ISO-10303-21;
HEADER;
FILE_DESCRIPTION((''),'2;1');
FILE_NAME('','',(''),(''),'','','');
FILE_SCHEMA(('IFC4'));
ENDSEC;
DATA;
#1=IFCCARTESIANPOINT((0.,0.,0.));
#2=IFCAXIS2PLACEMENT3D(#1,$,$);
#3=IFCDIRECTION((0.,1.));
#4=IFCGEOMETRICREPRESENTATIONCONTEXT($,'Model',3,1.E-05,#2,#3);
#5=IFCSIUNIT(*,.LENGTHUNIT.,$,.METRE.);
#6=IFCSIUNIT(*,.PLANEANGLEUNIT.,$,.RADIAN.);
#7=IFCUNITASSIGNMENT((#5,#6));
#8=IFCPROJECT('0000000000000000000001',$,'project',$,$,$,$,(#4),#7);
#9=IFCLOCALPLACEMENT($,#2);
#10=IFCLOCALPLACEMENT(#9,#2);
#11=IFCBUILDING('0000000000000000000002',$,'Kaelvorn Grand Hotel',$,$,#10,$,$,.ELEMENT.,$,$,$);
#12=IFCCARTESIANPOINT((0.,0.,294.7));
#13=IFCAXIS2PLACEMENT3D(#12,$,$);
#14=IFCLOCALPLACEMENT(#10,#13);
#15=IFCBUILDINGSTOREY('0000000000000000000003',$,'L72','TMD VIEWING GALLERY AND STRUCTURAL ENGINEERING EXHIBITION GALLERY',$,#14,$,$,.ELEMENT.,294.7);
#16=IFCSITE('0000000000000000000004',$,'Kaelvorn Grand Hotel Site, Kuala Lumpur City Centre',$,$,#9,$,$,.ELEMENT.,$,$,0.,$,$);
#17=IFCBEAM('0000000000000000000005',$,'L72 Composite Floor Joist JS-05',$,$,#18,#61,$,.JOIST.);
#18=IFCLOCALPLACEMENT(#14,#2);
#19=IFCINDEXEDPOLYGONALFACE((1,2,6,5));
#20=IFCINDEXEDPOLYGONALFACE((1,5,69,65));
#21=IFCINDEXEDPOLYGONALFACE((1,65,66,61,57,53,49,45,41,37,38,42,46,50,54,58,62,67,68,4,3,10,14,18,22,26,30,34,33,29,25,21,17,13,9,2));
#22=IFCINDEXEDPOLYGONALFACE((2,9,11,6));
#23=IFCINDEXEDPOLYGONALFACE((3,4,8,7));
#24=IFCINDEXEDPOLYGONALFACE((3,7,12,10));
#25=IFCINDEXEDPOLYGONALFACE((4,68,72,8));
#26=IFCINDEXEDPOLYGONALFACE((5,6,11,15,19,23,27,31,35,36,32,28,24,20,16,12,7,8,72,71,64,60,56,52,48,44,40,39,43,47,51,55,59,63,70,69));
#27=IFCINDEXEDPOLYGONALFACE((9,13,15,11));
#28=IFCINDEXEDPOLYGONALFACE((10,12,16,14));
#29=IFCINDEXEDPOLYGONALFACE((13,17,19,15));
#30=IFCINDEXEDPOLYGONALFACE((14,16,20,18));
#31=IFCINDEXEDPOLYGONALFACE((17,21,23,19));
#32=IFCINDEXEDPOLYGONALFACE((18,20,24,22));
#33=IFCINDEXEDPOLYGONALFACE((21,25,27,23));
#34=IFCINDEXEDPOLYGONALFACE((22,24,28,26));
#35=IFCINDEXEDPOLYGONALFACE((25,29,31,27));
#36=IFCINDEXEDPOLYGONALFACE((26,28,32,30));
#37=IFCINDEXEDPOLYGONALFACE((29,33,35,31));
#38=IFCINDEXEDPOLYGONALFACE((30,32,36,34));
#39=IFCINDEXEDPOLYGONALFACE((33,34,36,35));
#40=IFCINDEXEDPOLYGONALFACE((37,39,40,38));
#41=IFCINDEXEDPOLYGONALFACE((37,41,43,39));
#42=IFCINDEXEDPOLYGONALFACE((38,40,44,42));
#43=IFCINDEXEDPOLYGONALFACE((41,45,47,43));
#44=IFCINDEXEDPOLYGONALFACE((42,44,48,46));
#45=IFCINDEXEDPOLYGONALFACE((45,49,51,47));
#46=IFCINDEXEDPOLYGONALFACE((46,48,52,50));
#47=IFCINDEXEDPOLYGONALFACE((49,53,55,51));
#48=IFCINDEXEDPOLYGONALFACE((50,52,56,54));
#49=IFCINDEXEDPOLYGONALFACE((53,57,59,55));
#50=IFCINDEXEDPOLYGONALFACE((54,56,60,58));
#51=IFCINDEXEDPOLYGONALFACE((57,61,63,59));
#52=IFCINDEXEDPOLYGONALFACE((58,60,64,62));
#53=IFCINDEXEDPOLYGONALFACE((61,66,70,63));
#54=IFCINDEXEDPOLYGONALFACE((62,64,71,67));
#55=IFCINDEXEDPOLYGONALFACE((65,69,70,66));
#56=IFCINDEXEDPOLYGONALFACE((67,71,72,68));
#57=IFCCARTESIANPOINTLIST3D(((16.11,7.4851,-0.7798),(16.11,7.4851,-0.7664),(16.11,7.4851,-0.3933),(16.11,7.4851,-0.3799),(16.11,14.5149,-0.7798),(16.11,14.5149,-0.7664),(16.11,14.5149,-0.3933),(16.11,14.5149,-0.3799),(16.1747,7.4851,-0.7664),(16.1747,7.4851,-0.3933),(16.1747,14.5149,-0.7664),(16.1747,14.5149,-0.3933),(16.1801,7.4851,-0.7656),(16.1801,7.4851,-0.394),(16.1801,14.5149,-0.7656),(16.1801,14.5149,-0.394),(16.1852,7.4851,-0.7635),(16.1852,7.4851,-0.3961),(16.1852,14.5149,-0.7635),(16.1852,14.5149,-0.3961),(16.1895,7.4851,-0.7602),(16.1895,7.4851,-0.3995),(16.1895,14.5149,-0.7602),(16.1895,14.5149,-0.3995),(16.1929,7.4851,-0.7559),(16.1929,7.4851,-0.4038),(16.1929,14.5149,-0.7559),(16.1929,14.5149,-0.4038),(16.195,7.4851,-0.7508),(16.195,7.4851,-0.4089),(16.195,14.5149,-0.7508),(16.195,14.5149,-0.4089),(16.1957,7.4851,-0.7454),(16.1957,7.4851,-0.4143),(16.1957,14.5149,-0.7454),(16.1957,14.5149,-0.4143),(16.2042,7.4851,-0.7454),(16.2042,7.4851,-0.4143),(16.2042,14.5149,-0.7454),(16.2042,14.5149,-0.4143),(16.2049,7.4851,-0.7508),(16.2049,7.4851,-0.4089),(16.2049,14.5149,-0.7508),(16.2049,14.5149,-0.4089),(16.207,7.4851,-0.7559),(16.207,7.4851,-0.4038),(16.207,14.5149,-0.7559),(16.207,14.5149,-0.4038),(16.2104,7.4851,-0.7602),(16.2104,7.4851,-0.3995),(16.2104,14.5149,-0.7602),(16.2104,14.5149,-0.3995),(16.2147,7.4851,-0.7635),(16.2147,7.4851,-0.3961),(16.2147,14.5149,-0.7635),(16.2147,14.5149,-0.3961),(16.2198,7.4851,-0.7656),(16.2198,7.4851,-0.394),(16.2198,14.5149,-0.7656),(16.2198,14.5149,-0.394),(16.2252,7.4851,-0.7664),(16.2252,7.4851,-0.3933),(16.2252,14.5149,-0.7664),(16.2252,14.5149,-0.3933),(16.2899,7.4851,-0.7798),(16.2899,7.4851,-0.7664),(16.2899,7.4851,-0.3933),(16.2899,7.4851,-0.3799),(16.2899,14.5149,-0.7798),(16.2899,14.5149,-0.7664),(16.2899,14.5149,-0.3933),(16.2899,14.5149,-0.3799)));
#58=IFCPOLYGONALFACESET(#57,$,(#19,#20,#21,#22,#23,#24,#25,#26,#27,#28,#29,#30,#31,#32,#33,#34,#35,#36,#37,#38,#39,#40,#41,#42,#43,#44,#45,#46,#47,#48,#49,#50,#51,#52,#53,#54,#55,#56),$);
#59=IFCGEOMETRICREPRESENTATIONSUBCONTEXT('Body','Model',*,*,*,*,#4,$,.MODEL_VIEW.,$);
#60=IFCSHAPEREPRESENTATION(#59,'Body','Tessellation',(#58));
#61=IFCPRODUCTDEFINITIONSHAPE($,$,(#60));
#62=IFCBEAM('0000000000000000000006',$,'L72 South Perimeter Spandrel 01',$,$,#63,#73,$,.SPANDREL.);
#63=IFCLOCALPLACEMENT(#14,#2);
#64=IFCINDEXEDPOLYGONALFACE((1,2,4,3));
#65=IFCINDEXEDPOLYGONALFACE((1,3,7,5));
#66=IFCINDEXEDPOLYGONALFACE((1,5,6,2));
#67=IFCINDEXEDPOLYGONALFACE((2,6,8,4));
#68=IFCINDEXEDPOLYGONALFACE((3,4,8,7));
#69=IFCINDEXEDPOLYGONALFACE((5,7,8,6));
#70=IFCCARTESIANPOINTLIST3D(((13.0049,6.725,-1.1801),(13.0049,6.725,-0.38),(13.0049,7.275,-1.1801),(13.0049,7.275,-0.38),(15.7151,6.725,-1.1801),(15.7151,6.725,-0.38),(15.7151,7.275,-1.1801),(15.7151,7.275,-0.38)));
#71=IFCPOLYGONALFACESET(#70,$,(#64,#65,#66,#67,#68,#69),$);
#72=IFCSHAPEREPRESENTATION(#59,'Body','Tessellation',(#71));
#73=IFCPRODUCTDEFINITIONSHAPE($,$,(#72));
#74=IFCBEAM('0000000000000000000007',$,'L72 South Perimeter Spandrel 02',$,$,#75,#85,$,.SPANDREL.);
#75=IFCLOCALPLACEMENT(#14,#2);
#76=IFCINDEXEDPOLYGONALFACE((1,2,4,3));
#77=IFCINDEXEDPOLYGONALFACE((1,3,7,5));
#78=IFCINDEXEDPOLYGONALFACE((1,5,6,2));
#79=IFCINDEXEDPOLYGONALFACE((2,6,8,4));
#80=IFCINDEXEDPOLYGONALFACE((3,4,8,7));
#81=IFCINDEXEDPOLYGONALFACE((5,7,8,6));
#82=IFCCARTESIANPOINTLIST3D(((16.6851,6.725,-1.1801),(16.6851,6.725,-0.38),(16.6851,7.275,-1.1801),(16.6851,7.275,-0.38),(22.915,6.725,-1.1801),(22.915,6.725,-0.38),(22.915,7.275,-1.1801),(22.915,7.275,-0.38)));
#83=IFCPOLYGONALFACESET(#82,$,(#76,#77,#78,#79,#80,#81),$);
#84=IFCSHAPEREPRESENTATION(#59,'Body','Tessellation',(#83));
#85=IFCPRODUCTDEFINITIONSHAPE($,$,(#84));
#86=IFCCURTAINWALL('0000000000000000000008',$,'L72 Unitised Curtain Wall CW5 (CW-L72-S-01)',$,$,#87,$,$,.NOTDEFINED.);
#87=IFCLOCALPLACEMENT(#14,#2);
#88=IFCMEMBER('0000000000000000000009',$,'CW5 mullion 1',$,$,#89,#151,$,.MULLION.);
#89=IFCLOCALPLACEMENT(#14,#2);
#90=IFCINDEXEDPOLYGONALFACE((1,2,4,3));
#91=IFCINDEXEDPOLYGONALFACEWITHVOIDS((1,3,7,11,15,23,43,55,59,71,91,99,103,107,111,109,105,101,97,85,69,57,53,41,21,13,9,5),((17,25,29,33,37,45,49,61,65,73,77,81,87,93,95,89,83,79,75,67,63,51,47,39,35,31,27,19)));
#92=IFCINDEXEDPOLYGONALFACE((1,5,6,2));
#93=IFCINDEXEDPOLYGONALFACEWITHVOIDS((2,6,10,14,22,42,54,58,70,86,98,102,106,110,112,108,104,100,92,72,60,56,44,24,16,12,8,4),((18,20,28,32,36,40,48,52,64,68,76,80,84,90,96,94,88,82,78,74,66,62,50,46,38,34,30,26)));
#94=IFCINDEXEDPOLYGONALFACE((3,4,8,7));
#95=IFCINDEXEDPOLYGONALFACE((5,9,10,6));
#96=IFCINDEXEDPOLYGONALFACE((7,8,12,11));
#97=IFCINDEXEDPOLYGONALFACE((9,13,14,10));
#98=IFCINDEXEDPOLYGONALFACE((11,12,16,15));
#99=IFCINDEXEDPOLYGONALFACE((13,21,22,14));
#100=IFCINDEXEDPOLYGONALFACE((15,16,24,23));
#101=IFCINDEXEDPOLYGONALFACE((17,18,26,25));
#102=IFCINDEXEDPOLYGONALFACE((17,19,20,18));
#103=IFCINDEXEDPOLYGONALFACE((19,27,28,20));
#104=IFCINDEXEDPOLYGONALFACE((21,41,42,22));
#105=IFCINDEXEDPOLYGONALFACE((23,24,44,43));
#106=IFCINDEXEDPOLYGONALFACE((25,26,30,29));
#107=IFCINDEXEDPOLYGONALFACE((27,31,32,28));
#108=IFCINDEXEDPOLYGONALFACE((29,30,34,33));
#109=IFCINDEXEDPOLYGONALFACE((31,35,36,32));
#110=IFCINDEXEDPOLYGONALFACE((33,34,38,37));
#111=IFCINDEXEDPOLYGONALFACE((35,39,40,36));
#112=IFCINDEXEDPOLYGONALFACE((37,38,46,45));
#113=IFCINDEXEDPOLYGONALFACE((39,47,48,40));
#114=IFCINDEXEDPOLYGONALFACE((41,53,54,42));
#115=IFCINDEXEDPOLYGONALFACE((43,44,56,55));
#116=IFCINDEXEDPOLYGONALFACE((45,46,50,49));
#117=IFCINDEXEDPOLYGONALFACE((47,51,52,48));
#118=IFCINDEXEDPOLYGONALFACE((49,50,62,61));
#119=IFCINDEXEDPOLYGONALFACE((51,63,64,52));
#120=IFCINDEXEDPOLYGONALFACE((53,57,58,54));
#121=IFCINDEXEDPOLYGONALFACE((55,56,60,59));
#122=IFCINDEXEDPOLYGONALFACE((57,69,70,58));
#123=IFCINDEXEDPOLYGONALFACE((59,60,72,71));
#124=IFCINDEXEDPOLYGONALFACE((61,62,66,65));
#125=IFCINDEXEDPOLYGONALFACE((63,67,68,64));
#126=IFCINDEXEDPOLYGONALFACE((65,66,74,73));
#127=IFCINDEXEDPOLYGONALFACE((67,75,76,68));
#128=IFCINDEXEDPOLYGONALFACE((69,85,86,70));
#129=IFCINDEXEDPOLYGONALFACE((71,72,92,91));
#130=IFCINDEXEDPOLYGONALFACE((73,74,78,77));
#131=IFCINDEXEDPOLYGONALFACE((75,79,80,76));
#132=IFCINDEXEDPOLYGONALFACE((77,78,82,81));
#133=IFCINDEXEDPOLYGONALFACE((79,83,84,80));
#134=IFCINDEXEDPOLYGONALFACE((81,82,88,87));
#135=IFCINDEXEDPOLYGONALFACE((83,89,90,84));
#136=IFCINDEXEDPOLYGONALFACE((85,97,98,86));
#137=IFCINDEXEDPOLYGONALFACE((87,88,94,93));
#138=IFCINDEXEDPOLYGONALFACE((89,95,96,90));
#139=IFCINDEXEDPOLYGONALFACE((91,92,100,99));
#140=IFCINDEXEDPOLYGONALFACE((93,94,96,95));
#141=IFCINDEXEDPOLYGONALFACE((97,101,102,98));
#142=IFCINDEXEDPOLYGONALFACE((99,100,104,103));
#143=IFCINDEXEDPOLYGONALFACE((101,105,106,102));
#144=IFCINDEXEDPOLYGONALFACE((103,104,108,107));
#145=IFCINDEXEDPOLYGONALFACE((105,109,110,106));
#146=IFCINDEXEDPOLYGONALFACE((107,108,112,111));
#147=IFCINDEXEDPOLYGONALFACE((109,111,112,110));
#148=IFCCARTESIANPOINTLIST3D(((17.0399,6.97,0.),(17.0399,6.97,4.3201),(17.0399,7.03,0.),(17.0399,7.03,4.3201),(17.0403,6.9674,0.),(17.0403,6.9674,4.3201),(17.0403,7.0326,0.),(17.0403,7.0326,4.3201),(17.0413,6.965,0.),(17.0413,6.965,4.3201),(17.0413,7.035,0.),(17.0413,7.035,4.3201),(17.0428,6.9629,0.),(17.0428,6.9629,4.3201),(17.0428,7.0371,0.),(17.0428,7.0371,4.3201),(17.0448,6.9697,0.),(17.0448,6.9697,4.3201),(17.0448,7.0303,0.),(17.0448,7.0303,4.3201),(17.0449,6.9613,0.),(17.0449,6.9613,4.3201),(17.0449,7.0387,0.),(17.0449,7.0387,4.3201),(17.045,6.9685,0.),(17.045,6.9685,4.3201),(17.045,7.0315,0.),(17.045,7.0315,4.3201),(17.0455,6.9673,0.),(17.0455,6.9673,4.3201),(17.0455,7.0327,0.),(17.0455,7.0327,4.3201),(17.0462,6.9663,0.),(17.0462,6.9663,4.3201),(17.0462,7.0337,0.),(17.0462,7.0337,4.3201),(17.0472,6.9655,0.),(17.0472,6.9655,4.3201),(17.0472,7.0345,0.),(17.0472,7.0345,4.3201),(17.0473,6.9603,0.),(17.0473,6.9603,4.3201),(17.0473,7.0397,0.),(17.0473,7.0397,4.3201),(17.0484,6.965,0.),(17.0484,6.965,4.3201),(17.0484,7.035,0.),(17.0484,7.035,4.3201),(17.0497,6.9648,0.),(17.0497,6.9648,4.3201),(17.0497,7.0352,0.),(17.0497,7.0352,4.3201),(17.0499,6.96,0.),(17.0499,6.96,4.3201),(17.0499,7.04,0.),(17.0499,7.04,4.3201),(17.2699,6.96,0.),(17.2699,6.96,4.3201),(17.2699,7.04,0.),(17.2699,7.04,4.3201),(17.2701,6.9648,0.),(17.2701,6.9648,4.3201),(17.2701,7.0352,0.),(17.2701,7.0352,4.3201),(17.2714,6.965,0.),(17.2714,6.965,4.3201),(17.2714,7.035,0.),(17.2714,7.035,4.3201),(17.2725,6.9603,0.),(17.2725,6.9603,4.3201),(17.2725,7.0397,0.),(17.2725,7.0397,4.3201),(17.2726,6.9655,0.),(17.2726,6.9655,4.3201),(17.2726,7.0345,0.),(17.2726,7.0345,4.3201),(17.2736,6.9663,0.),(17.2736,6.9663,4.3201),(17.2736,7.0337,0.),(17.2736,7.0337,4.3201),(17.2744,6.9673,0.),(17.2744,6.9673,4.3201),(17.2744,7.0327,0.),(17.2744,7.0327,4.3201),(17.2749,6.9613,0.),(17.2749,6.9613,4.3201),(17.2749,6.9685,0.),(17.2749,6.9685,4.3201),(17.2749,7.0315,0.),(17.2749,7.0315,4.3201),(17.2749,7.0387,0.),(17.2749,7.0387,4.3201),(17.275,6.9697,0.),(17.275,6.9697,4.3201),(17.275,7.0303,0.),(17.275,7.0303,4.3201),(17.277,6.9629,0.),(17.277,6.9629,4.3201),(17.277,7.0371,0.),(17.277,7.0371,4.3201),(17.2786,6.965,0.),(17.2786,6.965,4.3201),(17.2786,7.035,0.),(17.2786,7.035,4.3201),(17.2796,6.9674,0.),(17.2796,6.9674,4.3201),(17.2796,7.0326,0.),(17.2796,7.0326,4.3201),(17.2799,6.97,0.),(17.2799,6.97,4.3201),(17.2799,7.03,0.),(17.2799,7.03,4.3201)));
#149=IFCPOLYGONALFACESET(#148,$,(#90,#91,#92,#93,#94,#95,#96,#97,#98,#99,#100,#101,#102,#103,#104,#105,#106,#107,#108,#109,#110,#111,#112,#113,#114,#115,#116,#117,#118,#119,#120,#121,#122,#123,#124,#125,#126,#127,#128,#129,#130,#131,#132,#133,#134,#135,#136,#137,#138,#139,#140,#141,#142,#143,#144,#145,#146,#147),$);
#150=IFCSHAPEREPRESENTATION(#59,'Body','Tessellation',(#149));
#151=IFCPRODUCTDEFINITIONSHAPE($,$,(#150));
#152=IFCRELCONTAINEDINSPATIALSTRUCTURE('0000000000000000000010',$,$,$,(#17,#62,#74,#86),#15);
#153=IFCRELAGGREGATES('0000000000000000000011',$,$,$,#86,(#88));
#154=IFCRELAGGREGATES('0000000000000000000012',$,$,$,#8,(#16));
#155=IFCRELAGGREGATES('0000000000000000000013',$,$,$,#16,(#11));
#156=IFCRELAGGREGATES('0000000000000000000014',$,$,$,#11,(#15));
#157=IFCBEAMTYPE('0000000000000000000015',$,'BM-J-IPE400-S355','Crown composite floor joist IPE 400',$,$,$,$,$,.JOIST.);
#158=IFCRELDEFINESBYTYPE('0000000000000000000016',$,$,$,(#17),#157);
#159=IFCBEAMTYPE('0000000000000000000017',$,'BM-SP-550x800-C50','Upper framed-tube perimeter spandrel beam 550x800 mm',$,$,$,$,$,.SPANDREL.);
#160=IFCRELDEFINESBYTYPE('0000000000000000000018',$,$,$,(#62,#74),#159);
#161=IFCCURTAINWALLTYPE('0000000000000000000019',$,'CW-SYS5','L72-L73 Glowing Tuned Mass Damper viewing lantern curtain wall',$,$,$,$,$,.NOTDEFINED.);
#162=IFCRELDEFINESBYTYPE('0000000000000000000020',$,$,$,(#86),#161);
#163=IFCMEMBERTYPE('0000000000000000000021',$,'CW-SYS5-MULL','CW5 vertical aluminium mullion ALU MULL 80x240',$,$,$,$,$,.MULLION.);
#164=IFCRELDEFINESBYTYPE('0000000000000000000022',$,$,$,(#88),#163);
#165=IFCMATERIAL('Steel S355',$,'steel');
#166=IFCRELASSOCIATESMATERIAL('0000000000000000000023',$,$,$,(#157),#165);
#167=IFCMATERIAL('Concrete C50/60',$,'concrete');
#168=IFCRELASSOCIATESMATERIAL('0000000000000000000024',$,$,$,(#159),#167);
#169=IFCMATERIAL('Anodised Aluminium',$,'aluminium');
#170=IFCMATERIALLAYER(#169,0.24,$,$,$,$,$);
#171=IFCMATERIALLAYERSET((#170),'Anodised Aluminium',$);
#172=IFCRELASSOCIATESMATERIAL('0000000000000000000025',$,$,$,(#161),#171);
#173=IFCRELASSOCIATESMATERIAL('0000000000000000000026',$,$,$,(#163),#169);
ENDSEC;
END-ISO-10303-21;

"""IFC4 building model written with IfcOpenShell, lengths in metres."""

from ifc_helpers import new_model, si_unit, direction, frame, origin, origin_2d, place, context, subcontext, project, spatial, rectangle, hollow_rectangle, i_section, extrude, material, layer, layer_set, material_profile, profile_set, type_object, element, aggregate, save


model = new_model("IFC4")

# Units and contexts
model_context = context("Model", 3, precision=1e-05, world=origin(), true_north=direction((0.0, 1.0)))
body_context = subcontext(model_context, "Body", "Model", "MODEL_VIEW")
ifc_project = project(units=[si_unit("LENGTHUNIT", "METRE"), si_unit("PLANEANGLEUNIT", "RADIAN")], contexts=[model_context])

# Site, building, storey
site_placement = place(None, origin())
site = spatial("IfcSite", under=ifc_project, at=site_placement, Name="Kaelvorn Grand Hotel Site, Kuala Lumpur City Centre", CompositionType="ELEMENT", RefElevation=0.0)
building_placement = place(site_placement, origin())
building = spatial("IfcBuilding", under=site, at=building_placement, Name="Kaelvorn Grand Hotel", CompositionType="ELEMENT")
storey_placement = place(building_placement, frame((0.0, 0.0, 294.7)))
storey = spatial("IfcBuildingStorey", under=building, at=storey_placement, Name="L72", Description="TMD VIEWING GALLERY AND STRUCTURAL ENGINEERING EXHIBITION GALLERY", CompositionType="ELEMENT", Elevation=294.7)

# Shared definitions
ifc_material_1 = material(Name="Concrete C50/60", Category="concrete")

# Beams
ifc_material_2 = material(Name="Steel S355", Category="steel")
ifc_material_profile_1 = material_profile(ifc_material_2, i_section(OverallWidth=0.1799, OverallDepth=0.3999, WebThickness=0.0085, FlangeThickness=0.0134, FilletRadius=0.021, at=origin_2d()), Name="IPE 400")
ifc_profile_set_1 = profile_set([ifc_material_profile_1], Name="Steel S355")
beam_type_1 = type_object("IfcBeamType", Name="BM-J-IPE400-S355", Description="Crown composite floor joist IPE 400", PredefinedType="JOIST", material=ifc_profile_set_1)
beam_1_placement = place(storey_placement, frame((16.2, 7.4851, -0.5798), z_axis=(0.0, 1.0, 0.0), x_axis=(-1.0, 0.0, 0.0)))
element("IfcBeam", 1, at=beam_1_placement, inside=storey, type_object=beam_type_1, Name="L72 Composite Floor Joist JS-05", PredefinedType="JOIST", context=body_context, shape_type="SweptSolid", body=[
    extrude(i_section(OverallWidth=0.1799, OverallDepth=0.3999, WebThickness=0.0085, FlangeThickness=0.0134, FilletRadius=0.021, at=origin_2d()), origin(), (0.0, 0.0, 1.0), 7.0298),
])
ifc_material_profile_2 = material_profile(ifc_material_1, rectangle(XDim=0.55, YDim=0.8, at=origin_2d()), Name="RC SPANDREL 550x800")
ifc_profile_set_2 = profile_set([ifc_material_profile_2], Name="Concrete C50/60")
beam_type_2 = type_object("IfcBeamType", Name="BM-SP-550x800-C50", Description="Upper framed-tube perimeter spandrel beam 550x800 mm", PredefinedType="SPANDREL", material=ifc_profile_set_2)
beam_2_placement = place(storey_placement, frame((13.0049, 7.0, -0.78), z_axis=(1.0, 0.0, 0.0), x_axis=(0.0, 1.0, 0.0)))
element("IfcBeam", 2, at=beam_2_placement, inside=storey, type_object=beam_type_2, Name="L72 South Perimeter Spandrel 01", PredefinedType="SPANDREL", context=body_context, shape_type="SweptSolid", body=[
    extrude(rectangle(XDim=0.55, YDim=0.8, at=origin_2d()), origin(), (0.0, 0.0, 1.0), 2.7102),
])
beam_3_placement = place(storey_placement, frame((16.6851, 7.0, -0.78), z_axis=(1.0, 0.0, 0.0), x_axis=(0.0, 1.0, 0.0)))
element("IfcBeam", 3, at=beam_3_placement, inside=storey, type_object=beam_type_2, Name="L72 South Perimeter Spandrel 02", PredefinedType="SPANDREL", context=body_context, shape_type="SweptSolid", body=[
    extrude(rectangle(XDim=0.55, YDim=0.8, at=origin_2d()), origin(), (0.0, 0.0, 1.0), 6.23),
])

# Curtain wall, member
ifc_material_3 = material(Name="Anodised Aluminium", Category="aluminium")
ifc_layer_1 = layer(ifc_material_3, 0.24)
ifc_layer_set_1 = layer_set([ifc_layer_1], Name="Anodised Aluminium")
curtain_wall_type = type_object("IfcCurtainWallType", Name="CW-SYS5", Description="L72-L73 Glowing Tuned Mass Damper viewing lantern curtain wall", PredefinedType="NOTDEFINED", material=ifc_layer_set_1)
curtain_wall_1_placement = place(storey_placement, origin())
curtain_wall_1 = element("IfcCurtainWall", 4, at=curtain_wall_1_placement, inside=storey, type_object=curtain_wall_type, Name="L72 Unitised Curtain Wall CW5 (CW-L72-S-01)", PredefinedType="NOTDEFINED")
ifc_material_profile_3 = material_profile(ifc_material_3, hollow_rectangle(XDim=0.0801, YDim=0.24, WallThickness=0.0049, InnerFilletRadius=0.0049, OuterFilletRadius=0.01, at=origin_2d()), Name="ALU MULL 80x240")
ifc_profile_set_3 = profile_set([ifc_material_profile_3], Name="Anodised Aluminium")
member_type_1 = type_object("IfcMemberType", Name="CW-SYS5-MULL", Description="CW5 vertical aluminium mullion ALU MULL 80x240", PredefinedType="MULLION", material=ifc_profile_set_3)
member_1_placement = place(storey_placement, frame((17.1599, 7.0, 0.0), z_axis=(0.0, 0.0, 1.0), x_axis=(0.0, 1.0, 0.0)))
member_1 = element("IfcMember", 5, at=member_1_placement, type_object=member_type_1, Name="CW5 mullion 1", PredefinedType="MULLION", context=body_context, shape_type="SweptSolid", body=[
    extrude(hollow_rectangle(XDim=0.0801, YDim=0.24, WallThickness=0.0049, InnerFilletRadius=0.0049, OuterFilletRadius=0.01, at=origin_2d()), origin(), (0.0, 0.0, 1.0), 4.3201),
])

aggregate(curtain_wall_1, [member_1])

save(model, "model.ifc")
